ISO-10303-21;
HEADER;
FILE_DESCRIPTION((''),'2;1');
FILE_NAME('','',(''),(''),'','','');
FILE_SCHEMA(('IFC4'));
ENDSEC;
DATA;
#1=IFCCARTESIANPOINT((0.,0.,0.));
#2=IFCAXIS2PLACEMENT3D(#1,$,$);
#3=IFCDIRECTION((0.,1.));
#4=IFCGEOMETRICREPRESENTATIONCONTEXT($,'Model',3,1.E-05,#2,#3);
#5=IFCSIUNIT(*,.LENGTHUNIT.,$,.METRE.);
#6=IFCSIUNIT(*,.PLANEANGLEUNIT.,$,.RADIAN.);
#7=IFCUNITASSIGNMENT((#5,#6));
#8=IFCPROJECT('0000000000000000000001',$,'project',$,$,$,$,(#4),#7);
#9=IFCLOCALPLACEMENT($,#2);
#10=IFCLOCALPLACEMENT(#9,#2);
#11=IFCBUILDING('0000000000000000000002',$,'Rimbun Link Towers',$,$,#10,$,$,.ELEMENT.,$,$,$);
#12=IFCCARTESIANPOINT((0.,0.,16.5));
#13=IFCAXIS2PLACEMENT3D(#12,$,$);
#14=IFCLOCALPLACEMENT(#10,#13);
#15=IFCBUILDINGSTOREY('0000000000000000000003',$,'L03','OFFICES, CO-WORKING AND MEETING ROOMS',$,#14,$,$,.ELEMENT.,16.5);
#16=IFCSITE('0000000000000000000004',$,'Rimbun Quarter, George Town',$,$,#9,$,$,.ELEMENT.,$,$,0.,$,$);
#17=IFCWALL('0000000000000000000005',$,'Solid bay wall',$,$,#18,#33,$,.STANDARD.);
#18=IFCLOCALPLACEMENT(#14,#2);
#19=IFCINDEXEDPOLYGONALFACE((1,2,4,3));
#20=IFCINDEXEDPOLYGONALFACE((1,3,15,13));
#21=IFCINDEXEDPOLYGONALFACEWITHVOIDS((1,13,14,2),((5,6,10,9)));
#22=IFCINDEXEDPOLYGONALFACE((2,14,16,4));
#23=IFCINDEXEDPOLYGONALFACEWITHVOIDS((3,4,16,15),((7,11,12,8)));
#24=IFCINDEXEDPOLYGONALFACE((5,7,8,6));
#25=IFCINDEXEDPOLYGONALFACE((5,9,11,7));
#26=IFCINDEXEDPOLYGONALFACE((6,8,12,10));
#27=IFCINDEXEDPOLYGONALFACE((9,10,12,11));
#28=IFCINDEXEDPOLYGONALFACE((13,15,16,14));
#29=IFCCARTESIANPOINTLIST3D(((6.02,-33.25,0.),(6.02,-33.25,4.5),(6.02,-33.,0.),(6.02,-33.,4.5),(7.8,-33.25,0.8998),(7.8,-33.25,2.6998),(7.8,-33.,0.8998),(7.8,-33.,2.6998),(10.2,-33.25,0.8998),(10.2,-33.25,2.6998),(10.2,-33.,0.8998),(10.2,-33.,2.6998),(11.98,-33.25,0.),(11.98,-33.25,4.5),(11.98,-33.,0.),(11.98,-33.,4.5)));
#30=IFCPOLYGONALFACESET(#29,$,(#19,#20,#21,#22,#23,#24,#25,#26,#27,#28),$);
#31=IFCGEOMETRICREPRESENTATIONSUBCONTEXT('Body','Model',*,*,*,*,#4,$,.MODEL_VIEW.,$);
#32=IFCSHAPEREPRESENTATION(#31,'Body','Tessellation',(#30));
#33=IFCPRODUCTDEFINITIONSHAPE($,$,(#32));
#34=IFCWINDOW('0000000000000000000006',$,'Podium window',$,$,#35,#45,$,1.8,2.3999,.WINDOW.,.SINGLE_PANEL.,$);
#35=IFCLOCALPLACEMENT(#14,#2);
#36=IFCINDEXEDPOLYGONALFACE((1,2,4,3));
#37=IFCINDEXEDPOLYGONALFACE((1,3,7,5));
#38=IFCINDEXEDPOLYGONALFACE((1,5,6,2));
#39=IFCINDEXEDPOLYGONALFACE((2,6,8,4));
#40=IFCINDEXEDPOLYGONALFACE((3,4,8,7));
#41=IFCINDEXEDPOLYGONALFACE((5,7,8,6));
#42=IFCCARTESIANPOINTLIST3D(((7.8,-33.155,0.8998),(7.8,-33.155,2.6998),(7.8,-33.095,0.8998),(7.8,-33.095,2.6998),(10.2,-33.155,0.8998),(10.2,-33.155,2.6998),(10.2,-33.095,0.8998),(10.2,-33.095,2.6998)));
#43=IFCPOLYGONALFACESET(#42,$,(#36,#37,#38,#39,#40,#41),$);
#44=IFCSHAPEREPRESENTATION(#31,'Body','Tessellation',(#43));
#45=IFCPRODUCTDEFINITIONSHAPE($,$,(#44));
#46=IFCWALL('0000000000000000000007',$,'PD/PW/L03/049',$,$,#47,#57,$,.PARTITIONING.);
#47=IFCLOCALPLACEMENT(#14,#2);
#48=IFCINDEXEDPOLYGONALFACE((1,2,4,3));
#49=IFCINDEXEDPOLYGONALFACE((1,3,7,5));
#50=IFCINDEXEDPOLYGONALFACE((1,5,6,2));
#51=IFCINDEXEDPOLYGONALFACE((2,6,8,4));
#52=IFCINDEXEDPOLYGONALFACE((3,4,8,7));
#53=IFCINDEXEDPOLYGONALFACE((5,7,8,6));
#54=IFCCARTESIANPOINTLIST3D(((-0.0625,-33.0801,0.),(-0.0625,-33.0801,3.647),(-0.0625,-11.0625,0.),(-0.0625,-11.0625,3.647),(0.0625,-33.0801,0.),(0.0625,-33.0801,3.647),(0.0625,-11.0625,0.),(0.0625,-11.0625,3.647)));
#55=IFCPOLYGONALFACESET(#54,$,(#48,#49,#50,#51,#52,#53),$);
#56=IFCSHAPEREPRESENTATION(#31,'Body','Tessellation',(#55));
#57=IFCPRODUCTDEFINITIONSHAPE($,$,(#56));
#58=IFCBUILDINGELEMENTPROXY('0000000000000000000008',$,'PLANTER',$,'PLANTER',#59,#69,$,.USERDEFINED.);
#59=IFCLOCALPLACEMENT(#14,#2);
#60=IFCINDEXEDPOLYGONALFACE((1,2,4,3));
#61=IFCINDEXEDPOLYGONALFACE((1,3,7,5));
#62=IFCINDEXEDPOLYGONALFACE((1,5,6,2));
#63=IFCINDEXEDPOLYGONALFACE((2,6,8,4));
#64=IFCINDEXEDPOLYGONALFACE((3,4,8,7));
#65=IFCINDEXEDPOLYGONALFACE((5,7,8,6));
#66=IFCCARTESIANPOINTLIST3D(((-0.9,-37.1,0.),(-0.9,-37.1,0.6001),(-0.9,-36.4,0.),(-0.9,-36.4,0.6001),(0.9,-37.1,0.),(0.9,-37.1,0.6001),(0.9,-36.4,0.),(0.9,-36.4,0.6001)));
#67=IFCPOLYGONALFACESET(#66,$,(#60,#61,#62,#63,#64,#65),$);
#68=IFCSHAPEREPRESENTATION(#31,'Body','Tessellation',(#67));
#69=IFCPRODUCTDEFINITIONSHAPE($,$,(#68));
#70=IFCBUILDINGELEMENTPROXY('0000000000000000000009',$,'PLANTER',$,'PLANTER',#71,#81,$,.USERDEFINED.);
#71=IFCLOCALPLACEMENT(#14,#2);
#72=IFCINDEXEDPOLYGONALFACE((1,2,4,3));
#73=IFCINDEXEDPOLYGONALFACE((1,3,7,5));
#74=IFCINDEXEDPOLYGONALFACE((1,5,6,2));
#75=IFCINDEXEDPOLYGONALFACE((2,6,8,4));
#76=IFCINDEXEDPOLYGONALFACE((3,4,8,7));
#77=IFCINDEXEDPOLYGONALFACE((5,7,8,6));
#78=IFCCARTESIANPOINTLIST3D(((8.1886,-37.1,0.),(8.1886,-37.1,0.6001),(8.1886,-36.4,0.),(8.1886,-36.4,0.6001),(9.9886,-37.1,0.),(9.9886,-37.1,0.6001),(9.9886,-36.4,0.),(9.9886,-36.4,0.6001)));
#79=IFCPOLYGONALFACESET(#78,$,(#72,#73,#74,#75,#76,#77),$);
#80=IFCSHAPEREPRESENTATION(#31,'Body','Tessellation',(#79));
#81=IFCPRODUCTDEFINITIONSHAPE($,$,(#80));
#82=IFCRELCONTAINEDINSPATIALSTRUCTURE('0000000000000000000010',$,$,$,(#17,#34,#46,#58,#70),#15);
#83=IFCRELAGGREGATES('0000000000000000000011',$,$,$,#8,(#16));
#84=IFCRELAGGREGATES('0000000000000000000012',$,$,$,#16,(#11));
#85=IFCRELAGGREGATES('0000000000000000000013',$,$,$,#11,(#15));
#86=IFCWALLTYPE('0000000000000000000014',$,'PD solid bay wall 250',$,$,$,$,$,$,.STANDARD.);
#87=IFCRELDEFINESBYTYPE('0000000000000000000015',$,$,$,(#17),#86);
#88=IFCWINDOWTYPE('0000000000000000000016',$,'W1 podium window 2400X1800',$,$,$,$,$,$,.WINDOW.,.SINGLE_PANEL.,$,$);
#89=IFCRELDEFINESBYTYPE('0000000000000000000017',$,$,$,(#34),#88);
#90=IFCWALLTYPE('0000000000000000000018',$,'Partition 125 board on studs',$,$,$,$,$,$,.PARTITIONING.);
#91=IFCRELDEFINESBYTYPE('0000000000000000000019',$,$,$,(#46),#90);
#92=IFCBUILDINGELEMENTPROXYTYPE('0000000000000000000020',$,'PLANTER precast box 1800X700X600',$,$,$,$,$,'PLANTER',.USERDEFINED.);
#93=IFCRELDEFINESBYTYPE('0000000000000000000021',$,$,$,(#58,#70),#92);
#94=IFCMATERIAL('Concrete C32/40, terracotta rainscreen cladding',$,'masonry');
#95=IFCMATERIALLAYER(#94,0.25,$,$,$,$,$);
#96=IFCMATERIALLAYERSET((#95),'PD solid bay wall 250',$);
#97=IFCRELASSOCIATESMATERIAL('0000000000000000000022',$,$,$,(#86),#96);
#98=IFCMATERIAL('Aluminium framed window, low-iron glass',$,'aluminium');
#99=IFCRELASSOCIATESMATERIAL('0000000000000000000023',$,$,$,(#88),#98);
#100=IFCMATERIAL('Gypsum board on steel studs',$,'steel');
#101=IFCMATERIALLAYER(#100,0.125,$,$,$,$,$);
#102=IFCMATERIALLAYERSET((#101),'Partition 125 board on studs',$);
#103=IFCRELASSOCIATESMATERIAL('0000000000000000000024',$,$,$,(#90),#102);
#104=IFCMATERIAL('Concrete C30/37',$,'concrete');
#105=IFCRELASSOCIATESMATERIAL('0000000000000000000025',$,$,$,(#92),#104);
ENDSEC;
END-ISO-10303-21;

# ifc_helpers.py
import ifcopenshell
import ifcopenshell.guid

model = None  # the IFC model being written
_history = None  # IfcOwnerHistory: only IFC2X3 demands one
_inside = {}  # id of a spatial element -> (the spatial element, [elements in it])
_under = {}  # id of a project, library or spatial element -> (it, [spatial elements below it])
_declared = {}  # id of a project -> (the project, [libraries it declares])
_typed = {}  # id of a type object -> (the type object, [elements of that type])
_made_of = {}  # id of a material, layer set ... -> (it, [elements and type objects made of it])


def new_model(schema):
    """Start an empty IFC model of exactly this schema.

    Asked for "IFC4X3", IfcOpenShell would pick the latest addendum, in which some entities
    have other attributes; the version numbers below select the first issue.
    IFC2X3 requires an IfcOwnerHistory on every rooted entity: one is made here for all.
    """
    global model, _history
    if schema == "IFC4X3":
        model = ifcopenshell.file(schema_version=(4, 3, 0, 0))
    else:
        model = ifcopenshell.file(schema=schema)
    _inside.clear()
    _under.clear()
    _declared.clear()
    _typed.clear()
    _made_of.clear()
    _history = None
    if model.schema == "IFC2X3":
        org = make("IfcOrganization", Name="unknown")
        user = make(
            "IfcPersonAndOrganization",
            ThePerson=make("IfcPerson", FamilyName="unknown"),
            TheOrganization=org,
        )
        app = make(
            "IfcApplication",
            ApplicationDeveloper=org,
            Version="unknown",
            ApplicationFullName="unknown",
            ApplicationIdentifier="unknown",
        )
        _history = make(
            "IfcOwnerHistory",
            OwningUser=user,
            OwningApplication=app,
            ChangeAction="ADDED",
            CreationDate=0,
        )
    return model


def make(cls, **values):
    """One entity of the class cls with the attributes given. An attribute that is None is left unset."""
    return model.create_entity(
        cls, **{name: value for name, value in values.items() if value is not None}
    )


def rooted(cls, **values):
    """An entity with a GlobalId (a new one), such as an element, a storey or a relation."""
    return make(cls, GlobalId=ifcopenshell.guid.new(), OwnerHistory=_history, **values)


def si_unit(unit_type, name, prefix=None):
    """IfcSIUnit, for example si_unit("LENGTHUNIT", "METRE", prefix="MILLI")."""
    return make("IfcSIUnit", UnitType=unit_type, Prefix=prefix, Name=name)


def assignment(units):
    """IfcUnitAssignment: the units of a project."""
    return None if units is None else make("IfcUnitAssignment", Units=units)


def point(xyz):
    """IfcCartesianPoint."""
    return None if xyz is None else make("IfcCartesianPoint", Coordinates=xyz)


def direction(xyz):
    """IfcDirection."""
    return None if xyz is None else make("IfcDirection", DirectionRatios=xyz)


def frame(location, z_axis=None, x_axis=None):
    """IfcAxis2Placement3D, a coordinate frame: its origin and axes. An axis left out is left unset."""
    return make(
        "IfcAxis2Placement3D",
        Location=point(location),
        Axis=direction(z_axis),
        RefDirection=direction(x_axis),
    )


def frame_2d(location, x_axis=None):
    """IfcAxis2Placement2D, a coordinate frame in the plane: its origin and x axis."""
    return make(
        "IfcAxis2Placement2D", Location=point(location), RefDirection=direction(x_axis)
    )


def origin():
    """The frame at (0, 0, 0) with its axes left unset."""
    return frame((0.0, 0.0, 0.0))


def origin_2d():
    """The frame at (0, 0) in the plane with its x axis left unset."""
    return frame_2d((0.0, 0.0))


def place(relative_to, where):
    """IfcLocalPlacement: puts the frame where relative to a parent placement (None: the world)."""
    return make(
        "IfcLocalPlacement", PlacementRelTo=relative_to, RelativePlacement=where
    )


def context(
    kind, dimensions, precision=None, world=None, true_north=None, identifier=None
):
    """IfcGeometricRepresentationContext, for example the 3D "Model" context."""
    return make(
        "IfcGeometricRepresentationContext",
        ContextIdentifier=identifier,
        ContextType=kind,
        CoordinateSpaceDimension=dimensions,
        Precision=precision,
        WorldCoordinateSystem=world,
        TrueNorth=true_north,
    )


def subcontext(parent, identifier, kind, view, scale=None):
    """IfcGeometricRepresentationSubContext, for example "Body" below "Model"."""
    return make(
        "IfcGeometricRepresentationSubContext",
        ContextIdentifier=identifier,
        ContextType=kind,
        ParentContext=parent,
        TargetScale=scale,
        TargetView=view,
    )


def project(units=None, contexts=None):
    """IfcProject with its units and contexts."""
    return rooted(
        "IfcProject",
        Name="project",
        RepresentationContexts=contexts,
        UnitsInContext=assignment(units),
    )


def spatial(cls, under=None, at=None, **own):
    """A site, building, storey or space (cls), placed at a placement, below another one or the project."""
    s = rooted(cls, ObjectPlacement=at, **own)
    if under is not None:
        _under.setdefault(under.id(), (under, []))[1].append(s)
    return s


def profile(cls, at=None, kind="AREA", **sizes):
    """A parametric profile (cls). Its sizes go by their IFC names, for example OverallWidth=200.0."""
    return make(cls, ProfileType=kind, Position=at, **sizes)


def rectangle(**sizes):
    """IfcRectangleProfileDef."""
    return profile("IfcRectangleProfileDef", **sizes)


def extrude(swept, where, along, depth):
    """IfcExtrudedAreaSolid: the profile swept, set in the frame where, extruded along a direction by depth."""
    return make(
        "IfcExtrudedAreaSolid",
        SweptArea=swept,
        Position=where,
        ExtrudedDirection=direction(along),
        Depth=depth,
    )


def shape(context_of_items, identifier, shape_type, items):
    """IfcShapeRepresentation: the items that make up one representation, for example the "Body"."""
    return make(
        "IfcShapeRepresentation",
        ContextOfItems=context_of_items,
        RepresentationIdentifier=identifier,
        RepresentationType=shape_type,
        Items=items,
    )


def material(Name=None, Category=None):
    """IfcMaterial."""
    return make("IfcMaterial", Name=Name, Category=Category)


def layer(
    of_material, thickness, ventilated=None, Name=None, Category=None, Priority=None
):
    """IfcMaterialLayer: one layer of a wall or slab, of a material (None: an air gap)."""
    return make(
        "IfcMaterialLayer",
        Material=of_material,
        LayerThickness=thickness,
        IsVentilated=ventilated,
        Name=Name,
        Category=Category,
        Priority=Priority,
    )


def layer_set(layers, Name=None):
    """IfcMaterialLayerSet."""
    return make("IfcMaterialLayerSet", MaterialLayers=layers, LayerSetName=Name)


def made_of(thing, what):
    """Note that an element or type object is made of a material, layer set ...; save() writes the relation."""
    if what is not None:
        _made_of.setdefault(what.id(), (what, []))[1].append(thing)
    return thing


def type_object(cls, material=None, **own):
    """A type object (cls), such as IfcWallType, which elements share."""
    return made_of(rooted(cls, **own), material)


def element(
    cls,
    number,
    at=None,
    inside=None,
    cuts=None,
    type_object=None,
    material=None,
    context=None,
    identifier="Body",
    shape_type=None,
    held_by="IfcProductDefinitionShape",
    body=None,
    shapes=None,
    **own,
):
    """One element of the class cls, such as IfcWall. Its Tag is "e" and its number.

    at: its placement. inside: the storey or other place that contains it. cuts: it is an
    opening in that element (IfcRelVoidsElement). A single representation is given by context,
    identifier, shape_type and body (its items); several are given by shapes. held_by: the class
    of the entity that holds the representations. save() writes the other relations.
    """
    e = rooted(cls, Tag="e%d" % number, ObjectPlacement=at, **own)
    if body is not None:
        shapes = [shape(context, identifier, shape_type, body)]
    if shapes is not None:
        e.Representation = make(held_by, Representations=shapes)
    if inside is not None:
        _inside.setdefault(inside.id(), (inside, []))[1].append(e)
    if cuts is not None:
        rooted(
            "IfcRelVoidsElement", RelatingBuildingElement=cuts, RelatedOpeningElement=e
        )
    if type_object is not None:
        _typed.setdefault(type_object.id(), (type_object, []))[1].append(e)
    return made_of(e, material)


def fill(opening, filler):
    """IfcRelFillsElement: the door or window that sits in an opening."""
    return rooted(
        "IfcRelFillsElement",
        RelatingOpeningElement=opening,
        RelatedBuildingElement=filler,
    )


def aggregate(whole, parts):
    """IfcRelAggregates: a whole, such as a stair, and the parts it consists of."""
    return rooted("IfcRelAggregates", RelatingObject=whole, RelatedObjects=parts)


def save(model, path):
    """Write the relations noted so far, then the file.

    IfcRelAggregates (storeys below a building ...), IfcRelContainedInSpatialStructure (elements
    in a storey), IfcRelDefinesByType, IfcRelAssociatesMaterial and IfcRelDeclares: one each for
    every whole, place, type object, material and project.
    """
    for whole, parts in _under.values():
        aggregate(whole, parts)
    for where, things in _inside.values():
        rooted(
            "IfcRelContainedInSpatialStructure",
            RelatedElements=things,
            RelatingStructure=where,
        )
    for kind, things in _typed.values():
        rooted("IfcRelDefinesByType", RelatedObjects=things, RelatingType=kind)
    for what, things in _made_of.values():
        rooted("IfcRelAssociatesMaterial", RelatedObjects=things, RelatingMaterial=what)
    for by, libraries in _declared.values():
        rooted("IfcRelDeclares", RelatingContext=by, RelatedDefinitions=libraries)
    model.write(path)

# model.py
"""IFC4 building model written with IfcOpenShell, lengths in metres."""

from ifc_helpers import new_model, si_unit, direction, frame, frame_2d, origin, origin_2d, place, context, subcontext, project, spatial, rectangle, extrude, material, layer, layer_set, type_object, element, fill, save


model = new_model("IFC4")

# Units and contexts
model_context = context("Model", 3, precision=1e-05, world=origin(), true_north=direction((0.0, 1.0)))
body_context = subcontext(model_context, "Body", "Model", "MODEL_VIEW")
ifc_project = project(units=[si_unit("LENGTHUNIT", "METRE"), si_unit("PLANEANGLEUNIT", "RADIAN")], contexts=[model_context])

# Site, building, storey
site_placement = place(None, origin())
site = spatial("IfcSite", under=ifc_project, at=site_placement, Name="Rimbun Quarter, George Town", CompositionType="ELEMENT", RefElevation=0.0)
building_placement = place(site_placement, origin())
building = spatial("IfcBuilding", under=site, at=building_placement, Name="Rimbun Link Towers", CompositionType="ELEMENT")
storey_placement = place(building_placement, frame((0.0, 0.0, 16.5)))
storey = spatial("IfcBuildingStorey", under=building, at=storey_placement, Name="L03", Description="OFFICES, CO-WORKING AND MEETING ROOMS", CompositionType="ELEMENT", Elevation=16.5)

# Wall, opening, window
ifc_material_1 = material(Name="Concrete C32/40, terracotta rainscreen cladding", Category="masonry")
ifc_layer_1 = layer(ifc_material_1, 0.25)
ifc_layer_set_1 = layer_set([ifc_layer_1], Name="PD solid bay wall 250")
wall_type_1 = type_object("IfcWallType", Name="PD solid bay wall 250", PredefinedType="STANDARD", material=ifc_layer_set_1)
wall_1_placement = place(storey_placement, frame((11.98, -33.125, 0.0), z_axis=(0.0, 0.0, 1.0), x_axis=(-1.0, 0.0, 0.0)))
wall_1 = element("IfcWall", 1, at=wall_1_placement, inside=storey, type_object=wall_type_1, Name="Solid bay wall", PredefinedType="STANDARD", context=body_context, shape_type="SweptSolid", body=[
    extrude(rectangle(XDim=5.96, YDim=0.25, at=frame_2d((2.98, 0.0))), origin(), (0.0, 0.0, 1.0), 4.5),
])
opening_placement = place(wall_1_placement, frame((1.78, 0.0, 0.8999)))
opening = element("IfcOpeningElement", 2, at=opening_placement, cuts=wall_1, PredefinedType="OPENING", context=body_context, shape_type="SweptSolid", body=[
    extrude(rectangle(XDim=2.3999, YDim=1.8, at=frame_2d((1.2, 0.8999))), frame((0.0, 0.135, 0.0), z_axis=(0.0, -1.0, 0.0), x_axis=(1.0, 0.0, 0.0)), (0.0, 0.0, 1.0), 0.27),
])
ifc_material_2 = material(Name="Aluminium framed window, low-iron glass", Category="aluminium")
window_type = type_object("IfcWindowType", Name="W1 podium window 2400X1800", PartitioningType="SINGLE_PANEL", PredefinedType="WINDOW", material=ifc_material_2)
window_placement = place(opening_placement, origin())
window = element("IfcWindow", 3, at=window_placement, inside=storey, type_object=window_type, Name="Podium window", OverallHeight=1.8, OverallWidth=2.3999, PartitioningType="SINGLE_PANEL", PredefinedType="WINDOW", context=body_context, shape_type="SweptSolid", body=[
    extrude(rectangle(XDim=2.3999, YDim=1.8, at=frame_2d((1.2, 0.8999))), frame((0.0, 0.03, 0.0), z_axis=(0.0, -1.0, 0.0), x_axis=(1.0, 0.0, 0.0)), (0.0, 0.0, 1.0), 0.0601),
])
fill(opening, window)

# Wall
ifc_material_3 = material(Name="Gypsum board on steel studs", Category="steel")
ifc_layer_2 = layer(ifc_material_3, 0.125)
ifc_layer_set_2 = layer_set([ifc_layer_2], Name="Partition 125 board on studs")
wall_type_2 = type_object("IfcWallType", Name="Partition 125 board on studs", PredefinedType="PARTITIONING", material=ifc_layer_set_2)
wall_2_placement = place(storey_placement, frame((0.0, -33.0801, 0.0), z_axis=(0.0, 0.0, 1.0), x_axis=(0.0, 1.0, 0.0)))
element("IfcWall", 4, at=wall_2_placement, inside=storey, type_object=wall_type_2, Name="PD/PW/L03/049", PredefinedType="PARTITIONING", context=body_context, shape_type="SweptSolid", body=[
    extrude(rectangle(XDim=22.0176, YDim=0.125, at=frame_2d((11.0088, 0.0))), origin(), (0.0, 0.0, 1.0), 3.647),
])

# Building element proxies
ifc_material_4 = material(Name="Concrete C30/37", Category="concrete")
building_element_proxy_type = type_object("IfcBuildingElementProxyType", Name="PLANTER precast box 1800X700X600", ElementType="PLANTER", PredefinedType="USERDEFINED", material=ifc_material_4)
for number, where, z_axis, x_axis, name in (
    (5, (0.0, -36.75, 0.0), (0.0, 0.0, 1.0), (1.0, 0.0, 0.0), "PLANTER"),
    (6, (9.0886, -36.75, 0.0), (0.0, 0.0, 1.0), (1.0, 0.0, 0.0), "PLANTER"),
):
    element("IfcBuildingElementProxy", number, at=place(storey_placement, frame(where, z_axis=z_axis, x_axis=x_axis)), inside=storey, type_object=building_element_proxy_type, Name=name, ObjectType="PLANTER", PredefinedType="USERDEFINED", context=body_context, shape_type="SweptSolid", body=[
        extrude(rectangle(XDim=1.8, YDim=0.7, at=origin_2d()), origin(), (0.0, 0.0, 1.0), 0.6001),
    ])

save(model, "model.ifc")
